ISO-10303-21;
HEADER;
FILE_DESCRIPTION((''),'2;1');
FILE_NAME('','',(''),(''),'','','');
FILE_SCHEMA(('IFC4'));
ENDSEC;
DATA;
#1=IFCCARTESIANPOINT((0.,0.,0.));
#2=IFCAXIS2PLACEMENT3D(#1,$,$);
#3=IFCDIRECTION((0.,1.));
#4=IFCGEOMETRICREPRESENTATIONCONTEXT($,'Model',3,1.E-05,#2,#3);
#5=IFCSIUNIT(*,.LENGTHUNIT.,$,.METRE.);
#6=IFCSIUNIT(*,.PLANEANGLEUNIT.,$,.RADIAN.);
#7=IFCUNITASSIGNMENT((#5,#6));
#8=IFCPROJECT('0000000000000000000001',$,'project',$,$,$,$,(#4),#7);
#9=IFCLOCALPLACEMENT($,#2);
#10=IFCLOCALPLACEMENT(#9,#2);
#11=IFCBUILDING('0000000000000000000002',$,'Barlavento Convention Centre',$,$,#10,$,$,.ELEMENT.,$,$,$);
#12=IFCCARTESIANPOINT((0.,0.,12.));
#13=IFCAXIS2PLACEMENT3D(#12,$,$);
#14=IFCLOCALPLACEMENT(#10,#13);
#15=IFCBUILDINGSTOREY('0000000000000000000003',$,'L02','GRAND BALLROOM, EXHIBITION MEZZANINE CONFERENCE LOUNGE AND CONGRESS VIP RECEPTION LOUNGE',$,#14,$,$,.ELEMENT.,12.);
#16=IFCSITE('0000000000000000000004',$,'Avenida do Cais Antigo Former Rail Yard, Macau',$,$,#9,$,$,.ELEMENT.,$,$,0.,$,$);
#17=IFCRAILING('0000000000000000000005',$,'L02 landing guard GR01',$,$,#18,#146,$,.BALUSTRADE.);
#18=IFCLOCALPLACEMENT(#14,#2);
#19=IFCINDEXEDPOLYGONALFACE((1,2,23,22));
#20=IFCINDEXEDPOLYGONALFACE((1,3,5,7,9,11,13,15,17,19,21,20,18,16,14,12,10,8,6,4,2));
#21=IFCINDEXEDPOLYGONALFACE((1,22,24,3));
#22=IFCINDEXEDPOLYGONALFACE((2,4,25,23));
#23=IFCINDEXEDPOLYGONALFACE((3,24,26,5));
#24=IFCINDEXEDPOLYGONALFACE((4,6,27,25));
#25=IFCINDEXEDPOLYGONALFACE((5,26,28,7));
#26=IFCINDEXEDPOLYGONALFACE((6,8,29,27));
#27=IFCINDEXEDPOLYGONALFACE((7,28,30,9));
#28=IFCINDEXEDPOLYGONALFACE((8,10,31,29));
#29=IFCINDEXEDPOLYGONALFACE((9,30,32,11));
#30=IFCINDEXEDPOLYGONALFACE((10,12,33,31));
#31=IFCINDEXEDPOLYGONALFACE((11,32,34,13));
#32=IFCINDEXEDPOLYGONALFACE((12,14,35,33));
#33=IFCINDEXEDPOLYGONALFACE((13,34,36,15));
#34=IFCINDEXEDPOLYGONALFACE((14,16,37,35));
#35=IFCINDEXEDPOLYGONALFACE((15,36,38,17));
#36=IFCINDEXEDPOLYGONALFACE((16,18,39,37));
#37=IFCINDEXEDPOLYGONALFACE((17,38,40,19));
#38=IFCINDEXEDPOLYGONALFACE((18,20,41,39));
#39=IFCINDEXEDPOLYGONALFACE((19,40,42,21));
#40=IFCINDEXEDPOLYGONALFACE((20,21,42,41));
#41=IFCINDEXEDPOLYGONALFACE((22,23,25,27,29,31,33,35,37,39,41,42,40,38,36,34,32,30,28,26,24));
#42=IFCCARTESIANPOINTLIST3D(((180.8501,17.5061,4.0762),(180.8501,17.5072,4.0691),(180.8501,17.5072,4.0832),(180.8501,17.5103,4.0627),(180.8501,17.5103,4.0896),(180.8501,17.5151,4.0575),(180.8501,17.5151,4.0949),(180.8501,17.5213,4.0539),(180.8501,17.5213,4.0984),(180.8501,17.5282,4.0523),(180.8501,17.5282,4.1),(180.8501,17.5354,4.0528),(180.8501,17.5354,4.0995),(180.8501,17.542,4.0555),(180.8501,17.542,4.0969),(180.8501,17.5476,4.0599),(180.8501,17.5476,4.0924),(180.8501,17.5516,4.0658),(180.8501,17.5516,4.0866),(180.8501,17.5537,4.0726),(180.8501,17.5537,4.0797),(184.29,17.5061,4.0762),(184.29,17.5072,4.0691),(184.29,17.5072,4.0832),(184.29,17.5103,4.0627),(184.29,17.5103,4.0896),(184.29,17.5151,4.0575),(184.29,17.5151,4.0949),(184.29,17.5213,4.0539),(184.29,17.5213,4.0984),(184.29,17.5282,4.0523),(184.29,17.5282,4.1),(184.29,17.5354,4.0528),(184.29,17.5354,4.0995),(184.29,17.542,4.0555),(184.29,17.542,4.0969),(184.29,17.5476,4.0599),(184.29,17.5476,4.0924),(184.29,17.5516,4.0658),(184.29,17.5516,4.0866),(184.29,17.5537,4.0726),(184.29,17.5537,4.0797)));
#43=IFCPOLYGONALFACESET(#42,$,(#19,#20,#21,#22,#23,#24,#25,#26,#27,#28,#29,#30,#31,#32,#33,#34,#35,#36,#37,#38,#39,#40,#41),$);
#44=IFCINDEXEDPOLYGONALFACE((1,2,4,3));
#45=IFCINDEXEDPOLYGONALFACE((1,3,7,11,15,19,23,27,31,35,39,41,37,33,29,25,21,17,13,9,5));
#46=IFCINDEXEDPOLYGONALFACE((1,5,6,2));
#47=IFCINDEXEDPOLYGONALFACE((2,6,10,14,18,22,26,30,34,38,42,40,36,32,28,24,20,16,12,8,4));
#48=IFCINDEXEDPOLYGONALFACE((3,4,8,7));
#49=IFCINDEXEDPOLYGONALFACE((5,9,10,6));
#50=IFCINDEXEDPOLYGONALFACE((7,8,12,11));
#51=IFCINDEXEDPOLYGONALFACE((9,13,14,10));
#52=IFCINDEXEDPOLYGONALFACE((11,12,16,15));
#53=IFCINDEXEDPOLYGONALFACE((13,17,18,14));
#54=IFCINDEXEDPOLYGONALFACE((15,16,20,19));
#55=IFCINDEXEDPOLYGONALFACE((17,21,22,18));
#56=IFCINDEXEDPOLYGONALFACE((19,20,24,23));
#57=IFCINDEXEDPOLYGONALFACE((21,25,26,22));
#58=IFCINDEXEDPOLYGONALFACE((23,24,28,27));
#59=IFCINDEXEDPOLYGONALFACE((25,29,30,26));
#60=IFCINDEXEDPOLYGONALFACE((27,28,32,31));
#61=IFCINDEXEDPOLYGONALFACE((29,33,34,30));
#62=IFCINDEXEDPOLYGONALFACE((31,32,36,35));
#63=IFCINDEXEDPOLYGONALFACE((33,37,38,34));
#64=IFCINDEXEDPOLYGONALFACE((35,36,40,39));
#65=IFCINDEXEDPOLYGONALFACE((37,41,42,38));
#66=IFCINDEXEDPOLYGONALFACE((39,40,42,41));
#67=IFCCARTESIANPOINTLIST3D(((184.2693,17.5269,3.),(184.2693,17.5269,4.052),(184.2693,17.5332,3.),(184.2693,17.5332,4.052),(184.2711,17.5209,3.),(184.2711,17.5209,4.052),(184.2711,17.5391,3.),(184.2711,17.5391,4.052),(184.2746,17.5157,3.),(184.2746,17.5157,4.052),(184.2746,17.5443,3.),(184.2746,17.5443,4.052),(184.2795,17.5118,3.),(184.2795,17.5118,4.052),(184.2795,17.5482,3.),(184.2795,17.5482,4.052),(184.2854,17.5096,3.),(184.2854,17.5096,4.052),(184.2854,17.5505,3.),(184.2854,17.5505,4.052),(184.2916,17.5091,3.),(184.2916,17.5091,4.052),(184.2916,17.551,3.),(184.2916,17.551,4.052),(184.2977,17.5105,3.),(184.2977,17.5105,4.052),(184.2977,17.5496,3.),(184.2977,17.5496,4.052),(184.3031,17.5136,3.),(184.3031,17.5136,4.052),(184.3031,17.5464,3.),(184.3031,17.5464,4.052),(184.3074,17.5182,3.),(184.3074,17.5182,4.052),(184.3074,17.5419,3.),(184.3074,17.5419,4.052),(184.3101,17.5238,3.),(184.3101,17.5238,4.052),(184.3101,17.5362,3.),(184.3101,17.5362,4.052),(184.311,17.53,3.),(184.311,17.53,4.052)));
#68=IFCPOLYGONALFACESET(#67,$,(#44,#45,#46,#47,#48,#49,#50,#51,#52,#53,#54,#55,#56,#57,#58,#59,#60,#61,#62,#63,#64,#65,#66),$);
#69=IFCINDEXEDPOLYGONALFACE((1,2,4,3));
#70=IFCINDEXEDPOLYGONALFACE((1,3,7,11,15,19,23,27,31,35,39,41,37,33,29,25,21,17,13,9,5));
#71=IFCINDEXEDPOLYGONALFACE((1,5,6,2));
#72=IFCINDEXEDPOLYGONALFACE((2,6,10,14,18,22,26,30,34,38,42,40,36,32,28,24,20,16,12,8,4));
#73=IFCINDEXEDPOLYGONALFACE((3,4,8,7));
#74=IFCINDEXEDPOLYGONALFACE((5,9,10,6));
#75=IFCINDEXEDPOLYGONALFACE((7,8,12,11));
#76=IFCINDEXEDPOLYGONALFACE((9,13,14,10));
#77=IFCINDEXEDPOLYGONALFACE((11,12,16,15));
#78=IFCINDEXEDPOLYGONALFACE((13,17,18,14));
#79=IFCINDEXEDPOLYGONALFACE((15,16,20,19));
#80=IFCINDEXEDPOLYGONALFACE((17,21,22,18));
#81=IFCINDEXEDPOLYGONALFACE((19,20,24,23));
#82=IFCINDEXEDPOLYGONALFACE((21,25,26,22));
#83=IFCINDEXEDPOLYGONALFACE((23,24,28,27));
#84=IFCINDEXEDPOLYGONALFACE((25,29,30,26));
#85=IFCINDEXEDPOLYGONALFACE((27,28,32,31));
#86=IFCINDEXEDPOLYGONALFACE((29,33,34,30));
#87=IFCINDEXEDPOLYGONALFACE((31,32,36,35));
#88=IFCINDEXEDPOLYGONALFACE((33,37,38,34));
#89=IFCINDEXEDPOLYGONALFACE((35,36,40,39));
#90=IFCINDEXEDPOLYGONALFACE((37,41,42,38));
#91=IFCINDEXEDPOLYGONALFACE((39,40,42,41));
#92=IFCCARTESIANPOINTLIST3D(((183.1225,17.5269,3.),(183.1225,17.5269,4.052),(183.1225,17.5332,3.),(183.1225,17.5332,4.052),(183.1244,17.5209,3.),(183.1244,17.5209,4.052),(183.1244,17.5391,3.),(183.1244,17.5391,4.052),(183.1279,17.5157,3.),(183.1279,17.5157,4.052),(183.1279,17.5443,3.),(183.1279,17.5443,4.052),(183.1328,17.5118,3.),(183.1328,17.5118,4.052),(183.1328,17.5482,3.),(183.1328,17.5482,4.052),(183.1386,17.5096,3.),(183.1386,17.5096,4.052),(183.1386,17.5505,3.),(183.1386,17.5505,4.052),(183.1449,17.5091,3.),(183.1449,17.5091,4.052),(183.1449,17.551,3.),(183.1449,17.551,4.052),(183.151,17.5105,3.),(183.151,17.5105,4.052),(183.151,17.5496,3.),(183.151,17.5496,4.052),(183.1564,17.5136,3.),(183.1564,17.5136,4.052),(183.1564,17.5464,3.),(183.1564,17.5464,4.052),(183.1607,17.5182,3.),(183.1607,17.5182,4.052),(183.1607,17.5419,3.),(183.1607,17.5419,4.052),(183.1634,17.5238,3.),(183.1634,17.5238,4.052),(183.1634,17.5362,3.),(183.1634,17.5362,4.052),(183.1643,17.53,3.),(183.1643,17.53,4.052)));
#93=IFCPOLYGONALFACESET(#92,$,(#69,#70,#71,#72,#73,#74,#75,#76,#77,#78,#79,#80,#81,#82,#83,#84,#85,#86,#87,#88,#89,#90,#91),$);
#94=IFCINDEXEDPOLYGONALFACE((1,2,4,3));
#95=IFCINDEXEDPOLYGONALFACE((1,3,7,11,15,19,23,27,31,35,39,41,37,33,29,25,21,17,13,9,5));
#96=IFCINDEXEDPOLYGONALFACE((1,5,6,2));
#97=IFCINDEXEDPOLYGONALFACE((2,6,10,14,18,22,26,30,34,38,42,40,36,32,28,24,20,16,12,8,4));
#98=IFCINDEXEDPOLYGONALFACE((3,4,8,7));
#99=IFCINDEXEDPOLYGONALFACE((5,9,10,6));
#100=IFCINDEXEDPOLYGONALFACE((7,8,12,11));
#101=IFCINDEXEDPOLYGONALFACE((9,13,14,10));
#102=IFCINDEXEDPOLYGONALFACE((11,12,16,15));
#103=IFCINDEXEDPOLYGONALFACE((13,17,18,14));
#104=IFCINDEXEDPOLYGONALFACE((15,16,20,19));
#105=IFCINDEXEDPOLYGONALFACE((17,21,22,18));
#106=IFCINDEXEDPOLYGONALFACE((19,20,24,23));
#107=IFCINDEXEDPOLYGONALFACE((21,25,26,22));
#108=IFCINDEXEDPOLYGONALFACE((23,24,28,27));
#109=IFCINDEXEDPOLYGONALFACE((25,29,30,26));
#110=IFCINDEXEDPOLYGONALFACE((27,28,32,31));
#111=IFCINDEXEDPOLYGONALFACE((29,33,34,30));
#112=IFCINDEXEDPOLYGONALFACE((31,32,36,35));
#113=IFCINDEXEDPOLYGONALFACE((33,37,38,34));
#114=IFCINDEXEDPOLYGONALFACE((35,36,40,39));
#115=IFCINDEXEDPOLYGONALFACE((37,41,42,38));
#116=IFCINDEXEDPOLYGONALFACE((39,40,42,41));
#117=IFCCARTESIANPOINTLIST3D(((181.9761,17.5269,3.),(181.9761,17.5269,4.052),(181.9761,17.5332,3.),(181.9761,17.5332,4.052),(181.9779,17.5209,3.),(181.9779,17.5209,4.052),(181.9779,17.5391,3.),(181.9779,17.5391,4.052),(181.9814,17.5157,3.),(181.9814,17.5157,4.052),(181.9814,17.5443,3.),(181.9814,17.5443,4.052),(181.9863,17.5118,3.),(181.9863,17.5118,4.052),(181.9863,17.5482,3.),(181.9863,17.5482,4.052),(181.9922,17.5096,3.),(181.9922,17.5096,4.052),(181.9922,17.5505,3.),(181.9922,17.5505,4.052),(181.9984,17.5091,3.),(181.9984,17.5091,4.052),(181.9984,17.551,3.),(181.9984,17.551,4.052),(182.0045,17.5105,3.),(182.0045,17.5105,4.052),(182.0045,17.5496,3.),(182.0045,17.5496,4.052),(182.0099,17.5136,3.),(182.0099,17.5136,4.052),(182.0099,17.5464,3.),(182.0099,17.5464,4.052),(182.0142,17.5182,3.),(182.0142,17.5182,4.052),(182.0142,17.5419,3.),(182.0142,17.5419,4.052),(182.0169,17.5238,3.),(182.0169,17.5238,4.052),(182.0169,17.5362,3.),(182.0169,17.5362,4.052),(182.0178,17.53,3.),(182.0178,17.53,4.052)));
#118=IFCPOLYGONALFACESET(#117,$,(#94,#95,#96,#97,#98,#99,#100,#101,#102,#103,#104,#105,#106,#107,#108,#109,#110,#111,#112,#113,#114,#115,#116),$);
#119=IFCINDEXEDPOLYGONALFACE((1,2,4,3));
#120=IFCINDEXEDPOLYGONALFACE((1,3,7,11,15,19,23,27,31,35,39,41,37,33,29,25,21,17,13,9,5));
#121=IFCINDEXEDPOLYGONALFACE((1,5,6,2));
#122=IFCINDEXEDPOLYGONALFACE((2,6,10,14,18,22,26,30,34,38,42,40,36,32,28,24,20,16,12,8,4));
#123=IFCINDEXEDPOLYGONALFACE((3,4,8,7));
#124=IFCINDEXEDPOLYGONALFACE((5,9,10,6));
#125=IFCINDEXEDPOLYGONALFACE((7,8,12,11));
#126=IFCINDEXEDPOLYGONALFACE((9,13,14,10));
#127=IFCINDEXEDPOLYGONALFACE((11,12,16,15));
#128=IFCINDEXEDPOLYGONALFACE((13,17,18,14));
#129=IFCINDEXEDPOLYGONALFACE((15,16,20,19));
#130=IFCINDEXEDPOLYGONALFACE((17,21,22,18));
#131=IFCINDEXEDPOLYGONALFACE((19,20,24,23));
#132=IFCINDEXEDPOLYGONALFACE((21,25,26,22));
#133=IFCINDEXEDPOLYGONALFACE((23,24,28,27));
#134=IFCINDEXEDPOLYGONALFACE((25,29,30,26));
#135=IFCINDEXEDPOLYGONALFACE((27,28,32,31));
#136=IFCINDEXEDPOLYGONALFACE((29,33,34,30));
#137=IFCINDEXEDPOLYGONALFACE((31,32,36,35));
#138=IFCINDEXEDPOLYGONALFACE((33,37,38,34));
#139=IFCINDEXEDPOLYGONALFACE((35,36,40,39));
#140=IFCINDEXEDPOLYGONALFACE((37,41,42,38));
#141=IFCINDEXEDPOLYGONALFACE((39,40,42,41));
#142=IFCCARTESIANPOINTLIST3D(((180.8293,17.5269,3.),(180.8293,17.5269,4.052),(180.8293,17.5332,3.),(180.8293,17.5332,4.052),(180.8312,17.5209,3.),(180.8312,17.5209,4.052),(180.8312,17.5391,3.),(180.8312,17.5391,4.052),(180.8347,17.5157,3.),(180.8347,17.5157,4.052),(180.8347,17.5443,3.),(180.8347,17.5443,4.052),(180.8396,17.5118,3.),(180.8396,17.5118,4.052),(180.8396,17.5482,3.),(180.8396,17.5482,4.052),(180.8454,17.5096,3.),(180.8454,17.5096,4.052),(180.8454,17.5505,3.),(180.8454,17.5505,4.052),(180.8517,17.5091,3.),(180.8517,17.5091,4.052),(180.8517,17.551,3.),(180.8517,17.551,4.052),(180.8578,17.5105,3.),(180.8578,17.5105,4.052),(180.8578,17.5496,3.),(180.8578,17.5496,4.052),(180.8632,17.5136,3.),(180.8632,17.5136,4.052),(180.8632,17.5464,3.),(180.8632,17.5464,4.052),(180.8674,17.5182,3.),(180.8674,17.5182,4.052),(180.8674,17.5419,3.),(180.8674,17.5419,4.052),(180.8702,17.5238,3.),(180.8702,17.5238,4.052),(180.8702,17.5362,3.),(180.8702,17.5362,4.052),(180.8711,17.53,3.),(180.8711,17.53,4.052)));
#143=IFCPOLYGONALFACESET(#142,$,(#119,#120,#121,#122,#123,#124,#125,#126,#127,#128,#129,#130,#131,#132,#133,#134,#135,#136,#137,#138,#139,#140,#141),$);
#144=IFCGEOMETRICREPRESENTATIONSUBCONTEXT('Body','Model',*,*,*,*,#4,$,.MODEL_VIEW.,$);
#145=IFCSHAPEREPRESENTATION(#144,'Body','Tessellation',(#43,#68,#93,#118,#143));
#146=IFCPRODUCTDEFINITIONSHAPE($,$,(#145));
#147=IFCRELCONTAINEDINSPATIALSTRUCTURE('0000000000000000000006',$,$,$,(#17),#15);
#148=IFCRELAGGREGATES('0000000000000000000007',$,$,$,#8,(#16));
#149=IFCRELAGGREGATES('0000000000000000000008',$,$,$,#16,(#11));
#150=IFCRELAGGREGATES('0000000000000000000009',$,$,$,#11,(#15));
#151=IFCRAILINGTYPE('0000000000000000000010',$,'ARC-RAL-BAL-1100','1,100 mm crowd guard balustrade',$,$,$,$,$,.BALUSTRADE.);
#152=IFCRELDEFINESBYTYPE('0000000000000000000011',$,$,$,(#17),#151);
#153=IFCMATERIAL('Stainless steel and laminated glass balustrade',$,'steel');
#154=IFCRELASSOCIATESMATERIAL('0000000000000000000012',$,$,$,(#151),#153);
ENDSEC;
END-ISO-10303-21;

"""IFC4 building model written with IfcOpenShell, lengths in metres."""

from ifc_helpers import new_model, si_unit, direction, frame, origin, origin_2d, place, context, subcontext, project, spatial, circle, extrude, material, type_object, element, save


model = new_model("IFC4")

# Units and contexts
model_context = context("Model", 3, precision=1e-05, world=origin(), true_north=direction((0.0, 1.0)))
body_context = subcontext(model_context, "Body", "Model", "MODEL_VIEW")
ifc_project = project(units=[si_unit("LENGTHUNIT", "METRE"), si_unit("PLANEANGLEUNIT", "RADIAN")], contexts=[model_context])

# Site, building, storey
site_placement = place(None, origin())
site = spatial("IfcSite", under=ifc_project, at=site_placement, Name="Avenida do Cais Antigo Former Rail Yard, Macau", CompositionType="ELEMENT", RefElevation=0.0)
building_placement = place(site_placement, origin())
building = spatial("IfcBuilding", under=site, at=building_placement, Name="Barlavento Convention Centre", CompositionType="ELEMENT")
storey_placement = place(building_placement, frame((0.0, 0.0, 12.0)))
storey = spatial("IfcBuildingStorey", under=building, at=storey_placement, Name="L02", Description="GRAND BALLROOM, EXHIBITION MEZZANINE CONFERENCE LOUNGE AND CONGRESS VIP RECEPTION LOUNGE", CompositionType="ELEMENT", Elevation=12.0)

# Railing
ifc_material_1 = material(Name="Stainless steel and laminated glass balustrade", Category="steel")
railing_type_1 = type_object("IfcRailingType", Name="ARC-RAL-BAL-1100", Description="1,100 mm crowd guard balustrade", PredefinedType="BALUSTRADE", material=ifc_material_1)
railing_1_placement = place(storey_placement, frame((184.29, 17.53, 3.0)))
element("IfcRailing", 1, at=railing_1_placement, inside=storey, type_object=railing_type_1, Name="L02 landing guard GR01", PredefinedType="BALUSTRADE", context=body_context, shape_type="SweptSolid", body=[
    extrude(circle(Radius=0.0239, at=origin_2d()), frame((0.0, 0.0, 1.0762), z_axis=(-1.0, 0.0, 0.0), x_axis=(0.0, -1.0, 0.0)), (0.0, 0.0, 1.0), 3.4399),
    extrude(circle(Radius=0.021, at=origin_2d()), origin(), (0.0, 0.0, 1.0), 1.052),
    extrude(circle(Radius=0.021, at=origin_2d()), frame((-1.1467, 0.0, 0.0)), (0.0, 0.0, 1.0), 1.052),
    extrude(circle(Radius=0.021, at=origin_2d()), frame((-2.2932, 0.0, 0.0)), (0.0, 0.0, 1.0), 1.052),
    extrude(circle(Radius=0.021, at=origin_2d()), frame((-3.4399, 0.0, 0.0)), (0.0, 0.0, 1.0), 1.052),
])

save(model, "model.ifc")
